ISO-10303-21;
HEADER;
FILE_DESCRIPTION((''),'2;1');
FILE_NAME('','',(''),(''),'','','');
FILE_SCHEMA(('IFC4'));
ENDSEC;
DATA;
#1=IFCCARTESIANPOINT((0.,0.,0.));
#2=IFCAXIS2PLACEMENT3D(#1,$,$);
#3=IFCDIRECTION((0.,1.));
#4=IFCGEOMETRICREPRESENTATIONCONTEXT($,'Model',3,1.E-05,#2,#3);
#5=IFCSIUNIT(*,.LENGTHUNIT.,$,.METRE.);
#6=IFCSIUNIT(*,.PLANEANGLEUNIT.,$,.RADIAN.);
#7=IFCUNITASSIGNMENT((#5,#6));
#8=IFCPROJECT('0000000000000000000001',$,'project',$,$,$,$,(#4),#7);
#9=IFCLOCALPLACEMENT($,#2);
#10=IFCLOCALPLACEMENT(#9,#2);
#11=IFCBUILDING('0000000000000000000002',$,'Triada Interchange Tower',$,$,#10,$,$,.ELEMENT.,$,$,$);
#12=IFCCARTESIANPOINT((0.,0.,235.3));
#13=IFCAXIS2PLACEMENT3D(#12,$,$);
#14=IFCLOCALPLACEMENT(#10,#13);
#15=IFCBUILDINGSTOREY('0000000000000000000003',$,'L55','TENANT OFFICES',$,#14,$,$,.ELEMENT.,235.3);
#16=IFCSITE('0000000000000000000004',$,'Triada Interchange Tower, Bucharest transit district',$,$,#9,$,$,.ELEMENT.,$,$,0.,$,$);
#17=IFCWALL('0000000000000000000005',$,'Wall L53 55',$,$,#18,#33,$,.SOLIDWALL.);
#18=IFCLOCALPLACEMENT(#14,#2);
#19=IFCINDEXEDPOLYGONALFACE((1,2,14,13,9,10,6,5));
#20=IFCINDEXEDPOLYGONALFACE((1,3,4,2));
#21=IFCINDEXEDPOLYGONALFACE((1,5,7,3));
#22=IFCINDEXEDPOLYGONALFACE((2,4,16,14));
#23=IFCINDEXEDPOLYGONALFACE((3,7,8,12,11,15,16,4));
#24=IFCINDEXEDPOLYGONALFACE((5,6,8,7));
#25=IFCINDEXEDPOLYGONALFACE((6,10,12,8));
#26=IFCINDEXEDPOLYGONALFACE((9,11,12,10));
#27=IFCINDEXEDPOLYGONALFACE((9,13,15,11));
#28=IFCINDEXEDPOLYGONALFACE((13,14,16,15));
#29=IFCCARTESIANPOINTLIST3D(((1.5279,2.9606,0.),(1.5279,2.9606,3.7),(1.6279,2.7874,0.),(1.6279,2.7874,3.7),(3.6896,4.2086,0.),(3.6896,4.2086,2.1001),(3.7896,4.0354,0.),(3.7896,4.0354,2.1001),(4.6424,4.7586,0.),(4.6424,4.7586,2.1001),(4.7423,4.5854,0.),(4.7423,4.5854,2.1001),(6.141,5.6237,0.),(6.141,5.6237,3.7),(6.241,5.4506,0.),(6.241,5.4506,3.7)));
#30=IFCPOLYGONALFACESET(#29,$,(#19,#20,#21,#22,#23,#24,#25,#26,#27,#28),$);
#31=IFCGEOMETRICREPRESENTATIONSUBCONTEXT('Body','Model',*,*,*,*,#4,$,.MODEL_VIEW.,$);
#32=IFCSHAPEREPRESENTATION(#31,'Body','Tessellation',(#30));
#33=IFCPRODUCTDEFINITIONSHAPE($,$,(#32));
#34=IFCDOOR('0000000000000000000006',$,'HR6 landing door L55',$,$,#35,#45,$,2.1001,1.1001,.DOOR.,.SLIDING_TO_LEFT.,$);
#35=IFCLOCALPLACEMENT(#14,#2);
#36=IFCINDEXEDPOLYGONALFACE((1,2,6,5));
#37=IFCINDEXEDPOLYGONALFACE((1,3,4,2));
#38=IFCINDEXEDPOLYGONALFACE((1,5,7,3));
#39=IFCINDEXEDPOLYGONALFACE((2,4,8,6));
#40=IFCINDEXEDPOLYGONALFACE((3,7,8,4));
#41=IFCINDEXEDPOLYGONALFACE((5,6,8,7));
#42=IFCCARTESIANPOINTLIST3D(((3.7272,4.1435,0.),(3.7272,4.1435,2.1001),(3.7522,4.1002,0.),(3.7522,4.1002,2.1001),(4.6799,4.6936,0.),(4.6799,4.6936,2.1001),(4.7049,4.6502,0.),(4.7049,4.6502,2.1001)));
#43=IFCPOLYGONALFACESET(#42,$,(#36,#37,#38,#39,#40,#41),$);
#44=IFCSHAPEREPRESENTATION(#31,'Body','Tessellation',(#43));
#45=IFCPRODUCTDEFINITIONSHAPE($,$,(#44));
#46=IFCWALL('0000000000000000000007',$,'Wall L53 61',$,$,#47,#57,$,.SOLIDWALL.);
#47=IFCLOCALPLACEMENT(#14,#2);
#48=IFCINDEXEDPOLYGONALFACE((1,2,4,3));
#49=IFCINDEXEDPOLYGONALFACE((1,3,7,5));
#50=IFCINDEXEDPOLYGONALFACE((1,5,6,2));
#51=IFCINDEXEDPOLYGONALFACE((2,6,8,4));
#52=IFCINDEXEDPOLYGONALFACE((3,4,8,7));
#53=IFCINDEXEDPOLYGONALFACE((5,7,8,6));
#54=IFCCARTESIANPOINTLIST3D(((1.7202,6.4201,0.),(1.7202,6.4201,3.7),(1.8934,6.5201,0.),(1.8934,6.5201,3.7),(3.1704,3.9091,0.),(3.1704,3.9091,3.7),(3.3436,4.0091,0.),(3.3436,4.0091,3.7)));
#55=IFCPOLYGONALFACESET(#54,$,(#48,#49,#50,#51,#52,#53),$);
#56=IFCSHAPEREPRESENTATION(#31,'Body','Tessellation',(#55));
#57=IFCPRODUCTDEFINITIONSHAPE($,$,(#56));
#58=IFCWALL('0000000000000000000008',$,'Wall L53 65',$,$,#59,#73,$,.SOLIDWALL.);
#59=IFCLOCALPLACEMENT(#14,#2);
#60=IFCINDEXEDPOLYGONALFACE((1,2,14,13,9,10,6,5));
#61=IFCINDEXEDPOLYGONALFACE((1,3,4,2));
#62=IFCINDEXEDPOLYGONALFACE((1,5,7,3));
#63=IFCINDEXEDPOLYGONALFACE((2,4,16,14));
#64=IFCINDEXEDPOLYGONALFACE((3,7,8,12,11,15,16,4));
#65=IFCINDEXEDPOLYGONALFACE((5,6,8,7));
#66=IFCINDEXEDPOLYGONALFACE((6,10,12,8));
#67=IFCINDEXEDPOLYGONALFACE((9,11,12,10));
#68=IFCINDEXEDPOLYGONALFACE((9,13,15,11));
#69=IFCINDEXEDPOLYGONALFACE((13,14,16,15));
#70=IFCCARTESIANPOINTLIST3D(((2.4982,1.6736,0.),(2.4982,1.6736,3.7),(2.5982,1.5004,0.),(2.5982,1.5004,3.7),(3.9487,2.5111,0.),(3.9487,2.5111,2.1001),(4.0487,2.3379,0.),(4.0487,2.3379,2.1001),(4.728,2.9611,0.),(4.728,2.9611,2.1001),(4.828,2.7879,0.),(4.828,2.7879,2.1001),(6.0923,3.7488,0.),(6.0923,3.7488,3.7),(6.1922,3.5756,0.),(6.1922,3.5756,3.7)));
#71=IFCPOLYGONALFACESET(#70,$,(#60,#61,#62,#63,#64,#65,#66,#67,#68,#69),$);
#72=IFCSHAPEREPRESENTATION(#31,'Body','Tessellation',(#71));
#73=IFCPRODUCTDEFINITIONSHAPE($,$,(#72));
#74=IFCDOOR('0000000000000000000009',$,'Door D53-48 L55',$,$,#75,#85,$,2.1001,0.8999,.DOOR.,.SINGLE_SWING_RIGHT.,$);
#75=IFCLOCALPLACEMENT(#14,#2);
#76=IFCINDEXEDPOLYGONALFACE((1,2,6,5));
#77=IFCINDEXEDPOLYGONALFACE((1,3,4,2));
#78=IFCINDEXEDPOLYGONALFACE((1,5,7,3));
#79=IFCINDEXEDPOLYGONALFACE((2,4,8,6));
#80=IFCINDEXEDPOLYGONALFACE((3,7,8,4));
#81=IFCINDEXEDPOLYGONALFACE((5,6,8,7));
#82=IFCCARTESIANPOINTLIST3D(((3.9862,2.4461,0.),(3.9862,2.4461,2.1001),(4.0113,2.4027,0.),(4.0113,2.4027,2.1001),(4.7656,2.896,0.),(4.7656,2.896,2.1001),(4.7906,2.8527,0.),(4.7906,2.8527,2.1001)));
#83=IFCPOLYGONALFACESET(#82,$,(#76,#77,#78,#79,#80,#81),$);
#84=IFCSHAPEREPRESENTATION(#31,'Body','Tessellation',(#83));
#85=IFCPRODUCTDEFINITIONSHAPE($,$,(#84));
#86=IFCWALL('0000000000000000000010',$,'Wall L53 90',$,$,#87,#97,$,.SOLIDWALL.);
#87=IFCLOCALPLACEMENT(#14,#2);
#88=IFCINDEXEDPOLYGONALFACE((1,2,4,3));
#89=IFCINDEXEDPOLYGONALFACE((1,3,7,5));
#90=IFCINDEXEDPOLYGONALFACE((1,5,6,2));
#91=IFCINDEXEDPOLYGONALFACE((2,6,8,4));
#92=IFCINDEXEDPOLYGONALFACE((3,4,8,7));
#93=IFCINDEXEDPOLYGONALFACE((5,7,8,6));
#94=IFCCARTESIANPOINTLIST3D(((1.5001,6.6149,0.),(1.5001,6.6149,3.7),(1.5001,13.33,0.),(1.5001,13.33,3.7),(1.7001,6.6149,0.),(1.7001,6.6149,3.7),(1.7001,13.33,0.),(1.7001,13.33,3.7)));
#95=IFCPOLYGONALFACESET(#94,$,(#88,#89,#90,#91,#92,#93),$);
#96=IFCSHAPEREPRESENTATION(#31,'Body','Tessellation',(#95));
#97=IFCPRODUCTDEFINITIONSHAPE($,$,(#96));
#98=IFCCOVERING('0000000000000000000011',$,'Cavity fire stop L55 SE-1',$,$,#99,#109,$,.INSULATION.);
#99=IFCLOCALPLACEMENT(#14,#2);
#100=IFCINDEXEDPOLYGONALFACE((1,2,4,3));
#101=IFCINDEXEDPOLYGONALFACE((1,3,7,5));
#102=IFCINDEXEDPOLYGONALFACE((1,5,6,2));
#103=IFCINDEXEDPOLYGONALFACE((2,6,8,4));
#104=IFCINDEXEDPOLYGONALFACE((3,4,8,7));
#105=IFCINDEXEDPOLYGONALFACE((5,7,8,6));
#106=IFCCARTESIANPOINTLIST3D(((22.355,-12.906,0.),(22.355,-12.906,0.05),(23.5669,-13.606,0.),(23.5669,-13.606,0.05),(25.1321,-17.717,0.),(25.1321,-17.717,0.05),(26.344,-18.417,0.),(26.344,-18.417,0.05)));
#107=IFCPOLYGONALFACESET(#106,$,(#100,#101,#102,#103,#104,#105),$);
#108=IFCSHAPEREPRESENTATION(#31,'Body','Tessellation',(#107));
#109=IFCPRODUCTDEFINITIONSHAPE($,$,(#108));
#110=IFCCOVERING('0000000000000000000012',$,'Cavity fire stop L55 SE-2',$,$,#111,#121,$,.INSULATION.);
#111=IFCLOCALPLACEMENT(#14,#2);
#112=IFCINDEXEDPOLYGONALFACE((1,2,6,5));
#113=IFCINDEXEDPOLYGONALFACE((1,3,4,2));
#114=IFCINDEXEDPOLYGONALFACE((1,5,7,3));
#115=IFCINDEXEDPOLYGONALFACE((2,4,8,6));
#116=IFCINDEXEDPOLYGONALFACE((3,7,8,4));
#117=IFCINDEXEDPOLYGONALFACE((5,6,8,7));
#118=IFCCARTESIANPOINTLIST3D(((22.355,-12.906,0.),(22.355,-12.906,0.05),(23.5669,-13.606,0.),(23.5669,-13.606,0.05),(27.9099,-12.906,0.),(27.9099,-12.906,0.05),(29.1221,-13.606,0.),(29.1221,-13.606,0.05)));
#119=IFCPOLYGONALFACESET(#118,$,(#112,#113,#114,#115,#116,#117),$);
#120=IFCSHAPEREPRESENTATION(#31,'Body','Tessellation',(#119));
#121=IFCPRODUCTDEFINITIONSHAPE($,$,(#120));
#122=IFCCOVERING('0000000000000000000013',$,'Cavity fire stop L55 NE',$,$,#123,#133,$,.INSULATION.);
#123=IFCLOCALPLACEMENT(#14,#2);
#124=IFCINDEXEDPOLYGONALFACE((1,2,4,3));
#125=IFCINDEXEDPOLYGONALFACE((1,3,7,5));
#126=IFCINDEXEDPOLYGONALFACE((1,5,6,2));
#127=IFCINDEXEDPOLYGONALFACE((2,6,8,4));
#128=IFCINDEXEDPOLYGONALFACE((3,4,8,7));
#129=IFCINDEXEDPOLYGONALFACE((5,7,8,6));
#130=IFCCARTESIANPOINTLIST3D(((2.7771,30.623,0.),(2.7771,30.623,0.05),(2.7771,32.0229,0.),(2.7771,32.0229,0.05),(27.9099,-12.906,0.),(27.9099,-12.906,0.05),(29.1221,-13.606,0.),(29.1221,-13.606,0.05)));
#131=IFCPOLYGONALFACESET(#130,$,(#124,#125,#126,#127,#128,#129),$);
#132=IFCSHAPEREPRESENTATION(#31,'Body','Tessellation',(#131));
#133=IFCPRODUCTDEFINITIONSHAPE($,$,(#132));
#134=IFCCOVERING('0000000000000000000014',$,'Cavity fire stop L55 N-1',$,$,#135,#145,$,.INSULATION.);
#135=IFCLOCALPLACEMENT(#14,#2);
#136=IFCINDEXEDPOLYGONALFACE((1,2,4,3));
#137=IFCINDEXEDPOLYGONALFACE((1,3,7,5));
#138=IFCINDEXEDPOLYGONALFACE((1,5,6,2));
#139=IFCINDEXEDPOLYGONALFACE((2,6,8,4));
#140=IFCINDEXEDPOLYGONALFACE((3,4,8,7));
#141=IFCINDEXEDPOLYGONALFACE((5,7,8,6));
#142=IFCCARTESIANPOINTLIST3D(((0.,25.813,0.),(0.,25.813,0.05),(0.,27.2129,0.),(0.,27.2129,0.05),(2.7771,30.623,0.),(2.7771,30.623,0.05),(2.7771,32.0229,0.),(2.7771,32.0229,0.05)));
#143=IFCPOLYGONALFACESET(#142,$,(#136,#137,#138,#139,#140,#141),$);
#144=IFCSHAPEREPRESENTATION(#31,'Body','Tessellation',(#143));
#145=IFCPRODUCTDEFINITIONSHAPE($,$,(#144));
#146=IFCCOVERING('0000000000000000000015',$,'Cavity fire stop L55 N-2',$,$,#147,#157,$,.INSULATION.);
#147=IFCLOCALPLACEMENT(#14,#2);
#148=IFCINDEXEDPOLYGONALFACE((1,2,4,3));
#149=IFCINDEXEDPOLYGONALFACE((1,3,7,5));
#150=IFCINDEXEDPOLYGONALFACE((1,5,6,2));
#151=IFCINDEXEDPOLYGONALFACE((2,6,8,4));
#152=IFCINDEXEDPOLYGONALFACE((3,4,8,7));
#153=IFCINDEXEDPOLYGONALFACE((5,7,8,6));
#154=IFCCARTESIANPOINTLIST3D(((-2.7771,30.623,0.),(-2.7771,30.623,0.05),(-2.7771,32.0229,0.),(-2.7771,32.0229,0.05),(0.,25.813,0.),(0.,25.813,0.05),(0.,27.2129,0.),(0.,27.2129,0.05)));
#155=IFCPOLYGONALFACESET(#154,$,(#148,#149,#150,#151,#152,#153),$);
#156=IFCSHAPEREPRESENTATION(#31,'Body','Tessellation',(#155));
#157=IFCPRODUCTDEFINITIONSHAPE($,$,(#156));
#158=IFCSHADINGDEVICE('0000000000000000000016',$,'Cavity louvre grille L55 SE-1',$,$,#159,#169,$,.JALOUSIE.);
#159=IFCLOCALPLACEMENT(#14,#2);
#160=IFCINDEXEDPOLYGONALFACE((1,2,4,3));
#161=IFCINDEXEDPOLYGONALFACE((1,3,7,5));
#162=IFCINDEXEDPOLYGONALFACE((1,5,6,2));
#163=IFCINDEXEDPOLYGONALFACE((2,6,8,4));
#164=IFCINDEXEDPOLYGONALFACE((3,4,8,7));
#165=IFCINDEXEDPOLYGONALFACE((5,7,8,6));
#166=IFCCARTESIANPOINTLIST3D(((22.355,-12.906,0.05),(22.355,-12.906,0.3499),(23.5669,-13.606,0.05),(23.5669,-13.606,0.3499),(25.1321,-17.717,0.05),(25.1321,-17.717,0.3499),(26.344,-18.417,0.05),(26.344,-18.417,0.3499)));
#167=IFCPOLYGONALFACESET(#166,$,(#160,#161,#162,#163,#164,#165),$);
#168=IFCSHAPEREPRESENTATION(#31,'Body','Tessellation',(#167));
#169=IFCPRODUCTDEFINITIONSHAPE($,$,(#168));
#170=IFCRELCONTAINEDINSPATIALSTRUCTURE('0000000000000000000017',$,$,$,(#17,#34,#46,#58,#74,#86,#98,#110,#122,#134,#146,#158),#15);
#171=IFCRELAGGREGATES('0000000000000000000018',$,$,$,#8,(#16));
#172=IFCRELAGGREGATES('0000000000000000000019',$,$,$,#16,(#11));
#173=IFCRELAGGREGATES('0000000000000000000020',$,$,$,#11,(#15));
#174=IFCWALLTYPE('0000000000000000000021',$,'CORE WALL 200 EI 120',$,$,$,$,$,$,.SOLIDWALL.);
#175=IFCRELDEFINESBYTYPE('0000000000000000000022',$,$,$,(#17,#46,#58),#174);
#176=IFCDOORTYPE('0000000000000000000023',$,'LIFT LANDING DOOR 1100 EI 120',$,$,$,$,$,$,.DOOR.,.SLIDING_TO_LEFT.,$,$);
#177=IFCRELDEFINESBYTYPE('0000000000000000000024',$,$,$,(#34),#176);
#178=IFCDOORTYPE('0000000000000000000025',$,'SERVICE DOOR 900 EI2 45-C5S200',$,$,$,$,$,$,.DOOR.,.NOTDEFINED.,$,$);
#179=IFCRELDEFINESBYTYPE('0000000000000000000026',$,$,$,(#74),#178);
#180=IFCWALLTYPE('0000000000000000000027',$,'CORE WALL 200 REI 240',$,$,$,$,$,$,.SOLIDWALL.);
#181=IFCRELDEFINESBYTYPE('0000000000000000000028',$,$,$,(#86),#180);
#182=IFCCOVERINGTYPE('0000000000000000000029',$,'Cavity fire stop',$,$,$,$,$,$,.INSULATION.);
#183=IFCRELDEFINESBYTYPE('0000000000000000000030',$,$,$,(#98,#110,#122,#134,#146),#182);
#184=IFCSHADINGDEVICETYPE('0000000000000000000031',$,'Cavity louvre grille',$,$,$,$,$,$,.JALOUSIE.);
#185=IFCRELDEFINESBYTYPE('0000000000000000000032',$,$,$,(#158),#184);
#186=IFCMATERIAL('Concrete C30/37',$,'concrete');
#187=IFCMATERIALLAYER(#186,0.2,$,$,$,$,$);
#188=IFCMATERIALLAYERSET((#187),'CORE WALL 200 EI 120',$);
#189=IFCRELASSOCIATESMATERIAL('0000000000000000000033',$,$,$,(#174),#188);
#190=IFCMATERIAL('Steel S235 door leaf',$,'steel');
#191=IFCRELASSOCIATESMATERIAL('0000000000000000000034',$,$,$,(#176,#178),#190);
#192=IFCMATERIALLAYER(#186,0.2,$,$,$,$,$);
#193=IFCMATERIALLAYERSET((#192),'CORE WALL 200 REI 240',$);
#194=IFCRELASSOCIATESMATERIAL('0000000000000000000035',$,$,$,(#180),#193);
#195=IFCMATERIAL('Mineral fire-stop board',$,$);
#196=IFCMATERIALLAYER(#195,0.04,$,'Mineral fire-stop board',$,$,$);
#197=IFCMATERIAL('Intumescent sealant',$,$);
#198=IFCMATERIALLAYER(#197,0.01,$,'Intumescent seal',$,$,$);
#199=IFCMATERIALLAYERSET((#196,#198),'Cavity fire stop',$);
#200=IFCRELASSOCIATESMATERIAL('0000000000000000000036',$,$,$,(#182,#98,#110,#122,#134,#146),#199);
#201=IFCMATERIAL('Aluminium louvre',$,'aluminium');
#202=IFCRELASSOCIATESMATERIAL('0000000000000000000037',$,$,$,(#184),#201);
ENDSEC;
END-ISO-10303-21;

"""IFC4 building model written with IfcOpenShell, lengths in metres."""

from ifc_helpers import new_model, si_unit, direction, frame, frame_2d, origin, place, context, subcontext, project, spatial, polyline, rectangle, outline, extrude, material, layer, layer_set, layer_usage, type_object, element, fill, save


model = new_model("IFC4")

# Units and contexts
model_context = context("Model", 3, precision=1e-05, world=origin(), true_north=direction((0.0, 1.0)))
body_context = subcontext(model_context, "Body", "Model", "MODEL_VIEW")
ifc_project = project(units=[si_unit("LENGTHUNIT", "METRE"), si_unit("PLANEANGLEUNIT", "RADIAN")], contexts=[model_context])

# Site, building, storey
site_placement = place(None, origin())
site = spatial("IfcSite", under=ifc_project, at=site_placement, Name="Triada Interchange Tower, Bucharest transit district", CompositionType="ELEMENT", RefElevation=0.0)
building_placement = place(site_placement, origin())
building = spatial("IfcBuilding", under=site, at=building_placement, Name="Triada Interchange Tower", CompositionType="ELEMENT")
storey_placement = place(building_placement, frame((0.0, 0.0, 235.3)))
storey = spatial("IfcBuildingStorey", under=building, at=storey_placement, Name="L55", Description="TENANT OFFICES", CompositionType="ELEMENT", Elevation=235.3)

# Wall, opening, door
ifc_material_1 = material(Name="Concrete C30/37", Category="concrete")
ifc_layer_1 = layer(ifc_material_1, 0.2)
ifc_layer_set_1 = layer_set([ifc_layer_1], Name="CORE WALL 200 EI 120")
wall_type_1 = type_object("IfcWallType", Name="CORE WALL 200 EI 120", PredefinedType="SOLIDWALL", material=ifc_layer_set_1)
ifc_material_2 = material(Name="Steel S235 door leaf", Category="steel")
door_type_1 = type_object("IfcDoorType", Name="LIFT LANDING DOOR 1100 EI 120", OperationType="SLIDING_TO_LEFT", PredefinedType="DOOR", material=ifc_material_2)
wall_1_placement = place(storey_placement, frame((1.5779, 2.874, 0.0), z_axis=(0.0, 0.0, 1.0), x_axis=(0.866046, 0.499964, 0.0)))
wall_1 = element("IfcWall", 1, at=wall_1_placement, inside=storey, type_object=wall_type_1, Name="Wall L53 55", PredefinedType="SOLIDWALL", context=body_context, shape_type="SweptSolid", body=[
    extrude(rectangle(XDim=5.3267, YDim=0.2, at=frame_2d((2.6633, 0.0))), origin(), (0.0, 0.0, 1.0), 3.7),
])
opening_1_placement = place(wall_1_placement, frame((2.4961, 0.0, 0.0)))
opening_1 = element("IfcOpeningElement", 2, at=opening_1_placement, cuts=wall_1, PredefinedType="OPENING", context=body_context, shape_type="SweptSolid", body=[
    extrude(rectangle(XDim=1.1001, YDim=2.1001, at=frame_2d((0.55, 1.05))), frame((0.0, 0.1099, 0.0), z_axis=(0.0, -1.0, 0.0), x_axis=(1.0, 0.0, 0.0)), (0.0, 0.0, 1.0), 0.22),
])
door_1_placement = place(opening_1_placement, origin())
door_1 = element("IfcDoor", 3, at=door_1_placement, inside=storey, type_object=door_type_1, Name="HR6 landing door L55", OperationType="SLIDING_TO_LEFT", OverallHeight=2.1001, OverallWidth=1.1001, PredefinedType="DOOR", context=body_context, shape_type="SweptSolid", body=[
    extrude(rectangle(XDim=1.1001, YDim=2.1001, at=frame_2d((0.55, 1.05))), frame((0.0, 0.0249, 0.0), z_axis=(0.0, -1.0, 0.0), x_axis=(1.0, 0.0, 0.0)), (0.0, 0.0, 1.0), 0.05),
])
fill(opening_1, door_1)

# Wall
wall_2_placement = place(storey_placement, frame((1.8069, 6.47, 0.0), z_axis=(0.0, 0.0, 1.0), x_axis=(0.500123, -0.865954, 0.0)))
element("IfcWall", 4, at=wall_2_placement, inside=storey, type_object=wall_type_1, Name="Wall L53 61", PredefinedType="SOLIDWALL", context=body_context, shape_type="SweptSolid", body=[
    extrude(rectangle(XDim=2.8997, YDim=0.2, at=frame_2d((1.4497, 0.0))), origin(), (0.0, 0.0, 1.0), 3.7),
])

# Wall, opening, door
wall_3_placement = place(storey_placement, frame((2.5481, 1.5869, 0.0), z_axis=(0.0, 0.0, 1.0), x_axis=(0.866004, 0.500036, 0.0)))
wall_3 = element("IfcWall", 5, at=wall_3_placement, inside=storey, type_object=wall_type_1, Name="Wall L53 65", PredefinedType="SOLIDWALL", context=body_context, shape_type="SweptSolid", body=[
    extrude(rectangle(XDim=4.1501, YDim=0.2, at=frame_2d((2.0752, 0.0))), origin(), (0.0, 0.0, 1.0), 3.7),
])
opening_2_placement = place(wall_3_placement, frame((1.675, 0.0, 0.0)))
opening_2 = element("IfcOpeningElement", 6, at=opening_2_placement, cuts=wall_3, PredefinedType="OPENING", context=body_context, shape_type="SweptSolid", body=[
    extrude(rectangle(XDim=0.8999, YDim=2.1001, at=frame_2d((0.45, 1.05))), frame((0.0, 0.1099, 0.0), z_axis=(0.0, -1.0, 0.0), x_axis=(1.0, 0.0, 0.0)), (0.0, 0.0, 1.0), 0.22),
])
door_type_2 = type_object("IfcDoorType", Name="SERVICE DOOR 900 EI2 45-C5S200", OperationType="NOTDEFINED", PredefinedType="DOOR", material=ifc_material_2)
door_2_placement = place(opening_2_placement, origin())
door_2 = element("IfcDoor", 7, at=door_2_placement, inside=storey, type_object=door_type_2, Name="Door D53-48 L55", OperationType="SINGLE_SWING_RIGHT", OverallHeight=2.1001, OverallWidth=0.8999, PredefinedType="DOOR", context=body_context, shape_type="SweptSolid", body=[
    extrude(rectangle(XDim=0.8999, YDim=2.1001, at=frame_2d((0.45, 1.05))), frame((0.0, 0.0249, 0.0), z_axis=(0.0, -1.0, 0.0), x_axis=(1.0, 0.0, 0.0)), (0.0, 0.0, 1.0), 0.05),
])
fill(opening_2, door_2)

# Wall
ifc_layer_2 = layer(ifc_material_1, 0.2)
ifc_layer_set_2 = layer_set([ifc_layer_2], Name="CORE WALL 200 REI 240")
wall_type_2 = type_object("IfcWallType", Name="CORE WALL 200 REI 240", PredefinedType="SOLIDWALL", material=ifc_layer_set_2)
wall_4_placement = place(storey_placement, frame((1.6001, 6.615, 0.0), z_axis=(0.0, 0.0, 1.0), x_axis=(0.0, 1.0, 0.0)))
element("IfcWall", 8, at=wall_4_placement, inside=storey, type_object=wall_type_2, Name="Wall L53 90", PredefinedType="SOLIDWALL", context=body_context, shape_type="SweptSolid", body=[
    extrude(rectangle(XDim=6.7151, YDim=0.2, at=frame_2d((3.3574, 0.0))), origin(), (0.0, 0.0, 1.0), 3.7),
])

# Coverings
ifc_material_3 = material(Name="Mineral fire-stop board")
ifc_layer_3 = layer(ifc_material_3, 0.04, Name="Mineral fire-stop board")
ifc_material_4 = material(Name="Intumescent sealant")
ifc_layer_4 = layer(ifc_material_4, 0.01, Name="Intumescent seal")
ifc_layer_set_3 = layer_set([ifc_layer_3, ifc_layer_4], Name="Cavity fire stop")
ifc_layer_usage = layer_usage(ifc_layer_set_3, "AXIS3", "POSITIVE", 0.0)
covering_type = type_object("IfcCoveringType", Name="Cavity fire stop", PredefinedType="INSULATION", material=ifc_layer_set_3)
covering_1_placement = place(storey_placement, origin())
element("IfcCovering", 9, at=covering_1_placement, inside=storey, type_object=covering_type, material=ifc_layer_usage, Name="Cavity fire stop L55 SE-1", PredefinedType="INSULATION", context=body_context, shape_type="SweptSolid", body=[
    extrude(outline(polyline([(25.1321, -17.717), (26.344, -18.417), (23.5669, -13.606), (22.355, -12.906), (25.1321, -17.717)])), origin(), (0.0, 0.0, 1.0), 0.05),
])
covering_2_placement = place(storey_placement, origin())
element("IfcCovering", 10, at=covering_2_placement, inside=storey, type_object=covering_type, material=ifc_layer_usage, Name="Cavity fire stop L55 SE-2", PredefinedType="INSULATION", context=body_context, shape_type="SweptSolid", body=[
    extrude(outline(polyline([(22.355, -12.906), (23.5669, -13.606), (29.1221, -13.606), (27.9099, -12.906), (22.355, -12.906)])), origin(), (0.0, 0.0, 1.0), 0.05),
])
covering_3_placement = place(storey_placement, origin())
element("IfcCovering", 11, at=covering_3_placement, inside=storey, type_object=covering_type, material=ifc_layer_usage, Name="Cavity fire stop L55 NE", PredefinedType="INSULATION", context=body_context, shape_type="SweptSolid", body=[
    extrude(outline(polyline([(27.9099, -12.906), (29.1221, -13.606), (2.7771, 32.0229), (2.7771, 30.623), (27.9099, -12.906)])), origin(), (0.0, 0.0, 1.0), 0.05),
])
covering_4_placement = place(storey_placement, origin())
element("IfcCovering", 12, at=covering_4_placement, inside=storey, type_object=covering_type, material=ifc_layer_usage, Name="Cavity fire stop L55 N-1", PredefinedType="INSULATION", context=body_context, shape_type="SweptSolid", body=[
    extrude(outline(polyline([(2.7771, 30.623), (2.7771, 32.0229), (0.0, 27.2129), (0.0, 25.813), (2.7771, 30.623)])), origin(), (0.0, 0.0, 1.0), 0.05),
])
covering_5_placement = place(storey_placement, origin())
element("IfcCovering", 13, at=covering_5_placement, inside=storey, type_object=covering_type, material=ifc_layer_usage, Name="Cavity fire stop L55 N-2", PredefinedType="INSULATION", context=body_context, shape_type="SweptSolid", body=[
    extrude(outline(polyline([(0.0, 25.813), (0.0, 27.2129), (-2.7771, 32.0229), (-2.7771, 30.623), (0.0, 25.813)])), origin(), (0.0, 0.0, 1.0), 0.05),
])

# Shading device
ifc_material_5 = material(Name="Aluminium louvre", Category="aluminium")
shading_device_type = type_object("IfcShadingDeviceType", Name="Cavity louvre grille", PredefinedType="JALOUSIE", material=ifc_material_5)
shading_device_1_placement = place(storey_placement, frame((0.0, 0.0, 0.05)))
element("IfcShadingDevice", 14, at=shading_device_1_placement, inside=storey, type_object=shading_device_type, Name="Cavity louvre grille L55 SE-1", PredefinedType="JALOUSIE", context=body_context, shape_type="SweptSolid", body=[
    extrude(outline(polyline([(25.1321, -17.717), (26.344, -18.417), (23.5669, -13.606), (22.355, -12.906), (25.1321, -17.717)])), origin(), (0.0, 0.0, 1.0), 0.2998),
])

save(model, "model.ifc")
